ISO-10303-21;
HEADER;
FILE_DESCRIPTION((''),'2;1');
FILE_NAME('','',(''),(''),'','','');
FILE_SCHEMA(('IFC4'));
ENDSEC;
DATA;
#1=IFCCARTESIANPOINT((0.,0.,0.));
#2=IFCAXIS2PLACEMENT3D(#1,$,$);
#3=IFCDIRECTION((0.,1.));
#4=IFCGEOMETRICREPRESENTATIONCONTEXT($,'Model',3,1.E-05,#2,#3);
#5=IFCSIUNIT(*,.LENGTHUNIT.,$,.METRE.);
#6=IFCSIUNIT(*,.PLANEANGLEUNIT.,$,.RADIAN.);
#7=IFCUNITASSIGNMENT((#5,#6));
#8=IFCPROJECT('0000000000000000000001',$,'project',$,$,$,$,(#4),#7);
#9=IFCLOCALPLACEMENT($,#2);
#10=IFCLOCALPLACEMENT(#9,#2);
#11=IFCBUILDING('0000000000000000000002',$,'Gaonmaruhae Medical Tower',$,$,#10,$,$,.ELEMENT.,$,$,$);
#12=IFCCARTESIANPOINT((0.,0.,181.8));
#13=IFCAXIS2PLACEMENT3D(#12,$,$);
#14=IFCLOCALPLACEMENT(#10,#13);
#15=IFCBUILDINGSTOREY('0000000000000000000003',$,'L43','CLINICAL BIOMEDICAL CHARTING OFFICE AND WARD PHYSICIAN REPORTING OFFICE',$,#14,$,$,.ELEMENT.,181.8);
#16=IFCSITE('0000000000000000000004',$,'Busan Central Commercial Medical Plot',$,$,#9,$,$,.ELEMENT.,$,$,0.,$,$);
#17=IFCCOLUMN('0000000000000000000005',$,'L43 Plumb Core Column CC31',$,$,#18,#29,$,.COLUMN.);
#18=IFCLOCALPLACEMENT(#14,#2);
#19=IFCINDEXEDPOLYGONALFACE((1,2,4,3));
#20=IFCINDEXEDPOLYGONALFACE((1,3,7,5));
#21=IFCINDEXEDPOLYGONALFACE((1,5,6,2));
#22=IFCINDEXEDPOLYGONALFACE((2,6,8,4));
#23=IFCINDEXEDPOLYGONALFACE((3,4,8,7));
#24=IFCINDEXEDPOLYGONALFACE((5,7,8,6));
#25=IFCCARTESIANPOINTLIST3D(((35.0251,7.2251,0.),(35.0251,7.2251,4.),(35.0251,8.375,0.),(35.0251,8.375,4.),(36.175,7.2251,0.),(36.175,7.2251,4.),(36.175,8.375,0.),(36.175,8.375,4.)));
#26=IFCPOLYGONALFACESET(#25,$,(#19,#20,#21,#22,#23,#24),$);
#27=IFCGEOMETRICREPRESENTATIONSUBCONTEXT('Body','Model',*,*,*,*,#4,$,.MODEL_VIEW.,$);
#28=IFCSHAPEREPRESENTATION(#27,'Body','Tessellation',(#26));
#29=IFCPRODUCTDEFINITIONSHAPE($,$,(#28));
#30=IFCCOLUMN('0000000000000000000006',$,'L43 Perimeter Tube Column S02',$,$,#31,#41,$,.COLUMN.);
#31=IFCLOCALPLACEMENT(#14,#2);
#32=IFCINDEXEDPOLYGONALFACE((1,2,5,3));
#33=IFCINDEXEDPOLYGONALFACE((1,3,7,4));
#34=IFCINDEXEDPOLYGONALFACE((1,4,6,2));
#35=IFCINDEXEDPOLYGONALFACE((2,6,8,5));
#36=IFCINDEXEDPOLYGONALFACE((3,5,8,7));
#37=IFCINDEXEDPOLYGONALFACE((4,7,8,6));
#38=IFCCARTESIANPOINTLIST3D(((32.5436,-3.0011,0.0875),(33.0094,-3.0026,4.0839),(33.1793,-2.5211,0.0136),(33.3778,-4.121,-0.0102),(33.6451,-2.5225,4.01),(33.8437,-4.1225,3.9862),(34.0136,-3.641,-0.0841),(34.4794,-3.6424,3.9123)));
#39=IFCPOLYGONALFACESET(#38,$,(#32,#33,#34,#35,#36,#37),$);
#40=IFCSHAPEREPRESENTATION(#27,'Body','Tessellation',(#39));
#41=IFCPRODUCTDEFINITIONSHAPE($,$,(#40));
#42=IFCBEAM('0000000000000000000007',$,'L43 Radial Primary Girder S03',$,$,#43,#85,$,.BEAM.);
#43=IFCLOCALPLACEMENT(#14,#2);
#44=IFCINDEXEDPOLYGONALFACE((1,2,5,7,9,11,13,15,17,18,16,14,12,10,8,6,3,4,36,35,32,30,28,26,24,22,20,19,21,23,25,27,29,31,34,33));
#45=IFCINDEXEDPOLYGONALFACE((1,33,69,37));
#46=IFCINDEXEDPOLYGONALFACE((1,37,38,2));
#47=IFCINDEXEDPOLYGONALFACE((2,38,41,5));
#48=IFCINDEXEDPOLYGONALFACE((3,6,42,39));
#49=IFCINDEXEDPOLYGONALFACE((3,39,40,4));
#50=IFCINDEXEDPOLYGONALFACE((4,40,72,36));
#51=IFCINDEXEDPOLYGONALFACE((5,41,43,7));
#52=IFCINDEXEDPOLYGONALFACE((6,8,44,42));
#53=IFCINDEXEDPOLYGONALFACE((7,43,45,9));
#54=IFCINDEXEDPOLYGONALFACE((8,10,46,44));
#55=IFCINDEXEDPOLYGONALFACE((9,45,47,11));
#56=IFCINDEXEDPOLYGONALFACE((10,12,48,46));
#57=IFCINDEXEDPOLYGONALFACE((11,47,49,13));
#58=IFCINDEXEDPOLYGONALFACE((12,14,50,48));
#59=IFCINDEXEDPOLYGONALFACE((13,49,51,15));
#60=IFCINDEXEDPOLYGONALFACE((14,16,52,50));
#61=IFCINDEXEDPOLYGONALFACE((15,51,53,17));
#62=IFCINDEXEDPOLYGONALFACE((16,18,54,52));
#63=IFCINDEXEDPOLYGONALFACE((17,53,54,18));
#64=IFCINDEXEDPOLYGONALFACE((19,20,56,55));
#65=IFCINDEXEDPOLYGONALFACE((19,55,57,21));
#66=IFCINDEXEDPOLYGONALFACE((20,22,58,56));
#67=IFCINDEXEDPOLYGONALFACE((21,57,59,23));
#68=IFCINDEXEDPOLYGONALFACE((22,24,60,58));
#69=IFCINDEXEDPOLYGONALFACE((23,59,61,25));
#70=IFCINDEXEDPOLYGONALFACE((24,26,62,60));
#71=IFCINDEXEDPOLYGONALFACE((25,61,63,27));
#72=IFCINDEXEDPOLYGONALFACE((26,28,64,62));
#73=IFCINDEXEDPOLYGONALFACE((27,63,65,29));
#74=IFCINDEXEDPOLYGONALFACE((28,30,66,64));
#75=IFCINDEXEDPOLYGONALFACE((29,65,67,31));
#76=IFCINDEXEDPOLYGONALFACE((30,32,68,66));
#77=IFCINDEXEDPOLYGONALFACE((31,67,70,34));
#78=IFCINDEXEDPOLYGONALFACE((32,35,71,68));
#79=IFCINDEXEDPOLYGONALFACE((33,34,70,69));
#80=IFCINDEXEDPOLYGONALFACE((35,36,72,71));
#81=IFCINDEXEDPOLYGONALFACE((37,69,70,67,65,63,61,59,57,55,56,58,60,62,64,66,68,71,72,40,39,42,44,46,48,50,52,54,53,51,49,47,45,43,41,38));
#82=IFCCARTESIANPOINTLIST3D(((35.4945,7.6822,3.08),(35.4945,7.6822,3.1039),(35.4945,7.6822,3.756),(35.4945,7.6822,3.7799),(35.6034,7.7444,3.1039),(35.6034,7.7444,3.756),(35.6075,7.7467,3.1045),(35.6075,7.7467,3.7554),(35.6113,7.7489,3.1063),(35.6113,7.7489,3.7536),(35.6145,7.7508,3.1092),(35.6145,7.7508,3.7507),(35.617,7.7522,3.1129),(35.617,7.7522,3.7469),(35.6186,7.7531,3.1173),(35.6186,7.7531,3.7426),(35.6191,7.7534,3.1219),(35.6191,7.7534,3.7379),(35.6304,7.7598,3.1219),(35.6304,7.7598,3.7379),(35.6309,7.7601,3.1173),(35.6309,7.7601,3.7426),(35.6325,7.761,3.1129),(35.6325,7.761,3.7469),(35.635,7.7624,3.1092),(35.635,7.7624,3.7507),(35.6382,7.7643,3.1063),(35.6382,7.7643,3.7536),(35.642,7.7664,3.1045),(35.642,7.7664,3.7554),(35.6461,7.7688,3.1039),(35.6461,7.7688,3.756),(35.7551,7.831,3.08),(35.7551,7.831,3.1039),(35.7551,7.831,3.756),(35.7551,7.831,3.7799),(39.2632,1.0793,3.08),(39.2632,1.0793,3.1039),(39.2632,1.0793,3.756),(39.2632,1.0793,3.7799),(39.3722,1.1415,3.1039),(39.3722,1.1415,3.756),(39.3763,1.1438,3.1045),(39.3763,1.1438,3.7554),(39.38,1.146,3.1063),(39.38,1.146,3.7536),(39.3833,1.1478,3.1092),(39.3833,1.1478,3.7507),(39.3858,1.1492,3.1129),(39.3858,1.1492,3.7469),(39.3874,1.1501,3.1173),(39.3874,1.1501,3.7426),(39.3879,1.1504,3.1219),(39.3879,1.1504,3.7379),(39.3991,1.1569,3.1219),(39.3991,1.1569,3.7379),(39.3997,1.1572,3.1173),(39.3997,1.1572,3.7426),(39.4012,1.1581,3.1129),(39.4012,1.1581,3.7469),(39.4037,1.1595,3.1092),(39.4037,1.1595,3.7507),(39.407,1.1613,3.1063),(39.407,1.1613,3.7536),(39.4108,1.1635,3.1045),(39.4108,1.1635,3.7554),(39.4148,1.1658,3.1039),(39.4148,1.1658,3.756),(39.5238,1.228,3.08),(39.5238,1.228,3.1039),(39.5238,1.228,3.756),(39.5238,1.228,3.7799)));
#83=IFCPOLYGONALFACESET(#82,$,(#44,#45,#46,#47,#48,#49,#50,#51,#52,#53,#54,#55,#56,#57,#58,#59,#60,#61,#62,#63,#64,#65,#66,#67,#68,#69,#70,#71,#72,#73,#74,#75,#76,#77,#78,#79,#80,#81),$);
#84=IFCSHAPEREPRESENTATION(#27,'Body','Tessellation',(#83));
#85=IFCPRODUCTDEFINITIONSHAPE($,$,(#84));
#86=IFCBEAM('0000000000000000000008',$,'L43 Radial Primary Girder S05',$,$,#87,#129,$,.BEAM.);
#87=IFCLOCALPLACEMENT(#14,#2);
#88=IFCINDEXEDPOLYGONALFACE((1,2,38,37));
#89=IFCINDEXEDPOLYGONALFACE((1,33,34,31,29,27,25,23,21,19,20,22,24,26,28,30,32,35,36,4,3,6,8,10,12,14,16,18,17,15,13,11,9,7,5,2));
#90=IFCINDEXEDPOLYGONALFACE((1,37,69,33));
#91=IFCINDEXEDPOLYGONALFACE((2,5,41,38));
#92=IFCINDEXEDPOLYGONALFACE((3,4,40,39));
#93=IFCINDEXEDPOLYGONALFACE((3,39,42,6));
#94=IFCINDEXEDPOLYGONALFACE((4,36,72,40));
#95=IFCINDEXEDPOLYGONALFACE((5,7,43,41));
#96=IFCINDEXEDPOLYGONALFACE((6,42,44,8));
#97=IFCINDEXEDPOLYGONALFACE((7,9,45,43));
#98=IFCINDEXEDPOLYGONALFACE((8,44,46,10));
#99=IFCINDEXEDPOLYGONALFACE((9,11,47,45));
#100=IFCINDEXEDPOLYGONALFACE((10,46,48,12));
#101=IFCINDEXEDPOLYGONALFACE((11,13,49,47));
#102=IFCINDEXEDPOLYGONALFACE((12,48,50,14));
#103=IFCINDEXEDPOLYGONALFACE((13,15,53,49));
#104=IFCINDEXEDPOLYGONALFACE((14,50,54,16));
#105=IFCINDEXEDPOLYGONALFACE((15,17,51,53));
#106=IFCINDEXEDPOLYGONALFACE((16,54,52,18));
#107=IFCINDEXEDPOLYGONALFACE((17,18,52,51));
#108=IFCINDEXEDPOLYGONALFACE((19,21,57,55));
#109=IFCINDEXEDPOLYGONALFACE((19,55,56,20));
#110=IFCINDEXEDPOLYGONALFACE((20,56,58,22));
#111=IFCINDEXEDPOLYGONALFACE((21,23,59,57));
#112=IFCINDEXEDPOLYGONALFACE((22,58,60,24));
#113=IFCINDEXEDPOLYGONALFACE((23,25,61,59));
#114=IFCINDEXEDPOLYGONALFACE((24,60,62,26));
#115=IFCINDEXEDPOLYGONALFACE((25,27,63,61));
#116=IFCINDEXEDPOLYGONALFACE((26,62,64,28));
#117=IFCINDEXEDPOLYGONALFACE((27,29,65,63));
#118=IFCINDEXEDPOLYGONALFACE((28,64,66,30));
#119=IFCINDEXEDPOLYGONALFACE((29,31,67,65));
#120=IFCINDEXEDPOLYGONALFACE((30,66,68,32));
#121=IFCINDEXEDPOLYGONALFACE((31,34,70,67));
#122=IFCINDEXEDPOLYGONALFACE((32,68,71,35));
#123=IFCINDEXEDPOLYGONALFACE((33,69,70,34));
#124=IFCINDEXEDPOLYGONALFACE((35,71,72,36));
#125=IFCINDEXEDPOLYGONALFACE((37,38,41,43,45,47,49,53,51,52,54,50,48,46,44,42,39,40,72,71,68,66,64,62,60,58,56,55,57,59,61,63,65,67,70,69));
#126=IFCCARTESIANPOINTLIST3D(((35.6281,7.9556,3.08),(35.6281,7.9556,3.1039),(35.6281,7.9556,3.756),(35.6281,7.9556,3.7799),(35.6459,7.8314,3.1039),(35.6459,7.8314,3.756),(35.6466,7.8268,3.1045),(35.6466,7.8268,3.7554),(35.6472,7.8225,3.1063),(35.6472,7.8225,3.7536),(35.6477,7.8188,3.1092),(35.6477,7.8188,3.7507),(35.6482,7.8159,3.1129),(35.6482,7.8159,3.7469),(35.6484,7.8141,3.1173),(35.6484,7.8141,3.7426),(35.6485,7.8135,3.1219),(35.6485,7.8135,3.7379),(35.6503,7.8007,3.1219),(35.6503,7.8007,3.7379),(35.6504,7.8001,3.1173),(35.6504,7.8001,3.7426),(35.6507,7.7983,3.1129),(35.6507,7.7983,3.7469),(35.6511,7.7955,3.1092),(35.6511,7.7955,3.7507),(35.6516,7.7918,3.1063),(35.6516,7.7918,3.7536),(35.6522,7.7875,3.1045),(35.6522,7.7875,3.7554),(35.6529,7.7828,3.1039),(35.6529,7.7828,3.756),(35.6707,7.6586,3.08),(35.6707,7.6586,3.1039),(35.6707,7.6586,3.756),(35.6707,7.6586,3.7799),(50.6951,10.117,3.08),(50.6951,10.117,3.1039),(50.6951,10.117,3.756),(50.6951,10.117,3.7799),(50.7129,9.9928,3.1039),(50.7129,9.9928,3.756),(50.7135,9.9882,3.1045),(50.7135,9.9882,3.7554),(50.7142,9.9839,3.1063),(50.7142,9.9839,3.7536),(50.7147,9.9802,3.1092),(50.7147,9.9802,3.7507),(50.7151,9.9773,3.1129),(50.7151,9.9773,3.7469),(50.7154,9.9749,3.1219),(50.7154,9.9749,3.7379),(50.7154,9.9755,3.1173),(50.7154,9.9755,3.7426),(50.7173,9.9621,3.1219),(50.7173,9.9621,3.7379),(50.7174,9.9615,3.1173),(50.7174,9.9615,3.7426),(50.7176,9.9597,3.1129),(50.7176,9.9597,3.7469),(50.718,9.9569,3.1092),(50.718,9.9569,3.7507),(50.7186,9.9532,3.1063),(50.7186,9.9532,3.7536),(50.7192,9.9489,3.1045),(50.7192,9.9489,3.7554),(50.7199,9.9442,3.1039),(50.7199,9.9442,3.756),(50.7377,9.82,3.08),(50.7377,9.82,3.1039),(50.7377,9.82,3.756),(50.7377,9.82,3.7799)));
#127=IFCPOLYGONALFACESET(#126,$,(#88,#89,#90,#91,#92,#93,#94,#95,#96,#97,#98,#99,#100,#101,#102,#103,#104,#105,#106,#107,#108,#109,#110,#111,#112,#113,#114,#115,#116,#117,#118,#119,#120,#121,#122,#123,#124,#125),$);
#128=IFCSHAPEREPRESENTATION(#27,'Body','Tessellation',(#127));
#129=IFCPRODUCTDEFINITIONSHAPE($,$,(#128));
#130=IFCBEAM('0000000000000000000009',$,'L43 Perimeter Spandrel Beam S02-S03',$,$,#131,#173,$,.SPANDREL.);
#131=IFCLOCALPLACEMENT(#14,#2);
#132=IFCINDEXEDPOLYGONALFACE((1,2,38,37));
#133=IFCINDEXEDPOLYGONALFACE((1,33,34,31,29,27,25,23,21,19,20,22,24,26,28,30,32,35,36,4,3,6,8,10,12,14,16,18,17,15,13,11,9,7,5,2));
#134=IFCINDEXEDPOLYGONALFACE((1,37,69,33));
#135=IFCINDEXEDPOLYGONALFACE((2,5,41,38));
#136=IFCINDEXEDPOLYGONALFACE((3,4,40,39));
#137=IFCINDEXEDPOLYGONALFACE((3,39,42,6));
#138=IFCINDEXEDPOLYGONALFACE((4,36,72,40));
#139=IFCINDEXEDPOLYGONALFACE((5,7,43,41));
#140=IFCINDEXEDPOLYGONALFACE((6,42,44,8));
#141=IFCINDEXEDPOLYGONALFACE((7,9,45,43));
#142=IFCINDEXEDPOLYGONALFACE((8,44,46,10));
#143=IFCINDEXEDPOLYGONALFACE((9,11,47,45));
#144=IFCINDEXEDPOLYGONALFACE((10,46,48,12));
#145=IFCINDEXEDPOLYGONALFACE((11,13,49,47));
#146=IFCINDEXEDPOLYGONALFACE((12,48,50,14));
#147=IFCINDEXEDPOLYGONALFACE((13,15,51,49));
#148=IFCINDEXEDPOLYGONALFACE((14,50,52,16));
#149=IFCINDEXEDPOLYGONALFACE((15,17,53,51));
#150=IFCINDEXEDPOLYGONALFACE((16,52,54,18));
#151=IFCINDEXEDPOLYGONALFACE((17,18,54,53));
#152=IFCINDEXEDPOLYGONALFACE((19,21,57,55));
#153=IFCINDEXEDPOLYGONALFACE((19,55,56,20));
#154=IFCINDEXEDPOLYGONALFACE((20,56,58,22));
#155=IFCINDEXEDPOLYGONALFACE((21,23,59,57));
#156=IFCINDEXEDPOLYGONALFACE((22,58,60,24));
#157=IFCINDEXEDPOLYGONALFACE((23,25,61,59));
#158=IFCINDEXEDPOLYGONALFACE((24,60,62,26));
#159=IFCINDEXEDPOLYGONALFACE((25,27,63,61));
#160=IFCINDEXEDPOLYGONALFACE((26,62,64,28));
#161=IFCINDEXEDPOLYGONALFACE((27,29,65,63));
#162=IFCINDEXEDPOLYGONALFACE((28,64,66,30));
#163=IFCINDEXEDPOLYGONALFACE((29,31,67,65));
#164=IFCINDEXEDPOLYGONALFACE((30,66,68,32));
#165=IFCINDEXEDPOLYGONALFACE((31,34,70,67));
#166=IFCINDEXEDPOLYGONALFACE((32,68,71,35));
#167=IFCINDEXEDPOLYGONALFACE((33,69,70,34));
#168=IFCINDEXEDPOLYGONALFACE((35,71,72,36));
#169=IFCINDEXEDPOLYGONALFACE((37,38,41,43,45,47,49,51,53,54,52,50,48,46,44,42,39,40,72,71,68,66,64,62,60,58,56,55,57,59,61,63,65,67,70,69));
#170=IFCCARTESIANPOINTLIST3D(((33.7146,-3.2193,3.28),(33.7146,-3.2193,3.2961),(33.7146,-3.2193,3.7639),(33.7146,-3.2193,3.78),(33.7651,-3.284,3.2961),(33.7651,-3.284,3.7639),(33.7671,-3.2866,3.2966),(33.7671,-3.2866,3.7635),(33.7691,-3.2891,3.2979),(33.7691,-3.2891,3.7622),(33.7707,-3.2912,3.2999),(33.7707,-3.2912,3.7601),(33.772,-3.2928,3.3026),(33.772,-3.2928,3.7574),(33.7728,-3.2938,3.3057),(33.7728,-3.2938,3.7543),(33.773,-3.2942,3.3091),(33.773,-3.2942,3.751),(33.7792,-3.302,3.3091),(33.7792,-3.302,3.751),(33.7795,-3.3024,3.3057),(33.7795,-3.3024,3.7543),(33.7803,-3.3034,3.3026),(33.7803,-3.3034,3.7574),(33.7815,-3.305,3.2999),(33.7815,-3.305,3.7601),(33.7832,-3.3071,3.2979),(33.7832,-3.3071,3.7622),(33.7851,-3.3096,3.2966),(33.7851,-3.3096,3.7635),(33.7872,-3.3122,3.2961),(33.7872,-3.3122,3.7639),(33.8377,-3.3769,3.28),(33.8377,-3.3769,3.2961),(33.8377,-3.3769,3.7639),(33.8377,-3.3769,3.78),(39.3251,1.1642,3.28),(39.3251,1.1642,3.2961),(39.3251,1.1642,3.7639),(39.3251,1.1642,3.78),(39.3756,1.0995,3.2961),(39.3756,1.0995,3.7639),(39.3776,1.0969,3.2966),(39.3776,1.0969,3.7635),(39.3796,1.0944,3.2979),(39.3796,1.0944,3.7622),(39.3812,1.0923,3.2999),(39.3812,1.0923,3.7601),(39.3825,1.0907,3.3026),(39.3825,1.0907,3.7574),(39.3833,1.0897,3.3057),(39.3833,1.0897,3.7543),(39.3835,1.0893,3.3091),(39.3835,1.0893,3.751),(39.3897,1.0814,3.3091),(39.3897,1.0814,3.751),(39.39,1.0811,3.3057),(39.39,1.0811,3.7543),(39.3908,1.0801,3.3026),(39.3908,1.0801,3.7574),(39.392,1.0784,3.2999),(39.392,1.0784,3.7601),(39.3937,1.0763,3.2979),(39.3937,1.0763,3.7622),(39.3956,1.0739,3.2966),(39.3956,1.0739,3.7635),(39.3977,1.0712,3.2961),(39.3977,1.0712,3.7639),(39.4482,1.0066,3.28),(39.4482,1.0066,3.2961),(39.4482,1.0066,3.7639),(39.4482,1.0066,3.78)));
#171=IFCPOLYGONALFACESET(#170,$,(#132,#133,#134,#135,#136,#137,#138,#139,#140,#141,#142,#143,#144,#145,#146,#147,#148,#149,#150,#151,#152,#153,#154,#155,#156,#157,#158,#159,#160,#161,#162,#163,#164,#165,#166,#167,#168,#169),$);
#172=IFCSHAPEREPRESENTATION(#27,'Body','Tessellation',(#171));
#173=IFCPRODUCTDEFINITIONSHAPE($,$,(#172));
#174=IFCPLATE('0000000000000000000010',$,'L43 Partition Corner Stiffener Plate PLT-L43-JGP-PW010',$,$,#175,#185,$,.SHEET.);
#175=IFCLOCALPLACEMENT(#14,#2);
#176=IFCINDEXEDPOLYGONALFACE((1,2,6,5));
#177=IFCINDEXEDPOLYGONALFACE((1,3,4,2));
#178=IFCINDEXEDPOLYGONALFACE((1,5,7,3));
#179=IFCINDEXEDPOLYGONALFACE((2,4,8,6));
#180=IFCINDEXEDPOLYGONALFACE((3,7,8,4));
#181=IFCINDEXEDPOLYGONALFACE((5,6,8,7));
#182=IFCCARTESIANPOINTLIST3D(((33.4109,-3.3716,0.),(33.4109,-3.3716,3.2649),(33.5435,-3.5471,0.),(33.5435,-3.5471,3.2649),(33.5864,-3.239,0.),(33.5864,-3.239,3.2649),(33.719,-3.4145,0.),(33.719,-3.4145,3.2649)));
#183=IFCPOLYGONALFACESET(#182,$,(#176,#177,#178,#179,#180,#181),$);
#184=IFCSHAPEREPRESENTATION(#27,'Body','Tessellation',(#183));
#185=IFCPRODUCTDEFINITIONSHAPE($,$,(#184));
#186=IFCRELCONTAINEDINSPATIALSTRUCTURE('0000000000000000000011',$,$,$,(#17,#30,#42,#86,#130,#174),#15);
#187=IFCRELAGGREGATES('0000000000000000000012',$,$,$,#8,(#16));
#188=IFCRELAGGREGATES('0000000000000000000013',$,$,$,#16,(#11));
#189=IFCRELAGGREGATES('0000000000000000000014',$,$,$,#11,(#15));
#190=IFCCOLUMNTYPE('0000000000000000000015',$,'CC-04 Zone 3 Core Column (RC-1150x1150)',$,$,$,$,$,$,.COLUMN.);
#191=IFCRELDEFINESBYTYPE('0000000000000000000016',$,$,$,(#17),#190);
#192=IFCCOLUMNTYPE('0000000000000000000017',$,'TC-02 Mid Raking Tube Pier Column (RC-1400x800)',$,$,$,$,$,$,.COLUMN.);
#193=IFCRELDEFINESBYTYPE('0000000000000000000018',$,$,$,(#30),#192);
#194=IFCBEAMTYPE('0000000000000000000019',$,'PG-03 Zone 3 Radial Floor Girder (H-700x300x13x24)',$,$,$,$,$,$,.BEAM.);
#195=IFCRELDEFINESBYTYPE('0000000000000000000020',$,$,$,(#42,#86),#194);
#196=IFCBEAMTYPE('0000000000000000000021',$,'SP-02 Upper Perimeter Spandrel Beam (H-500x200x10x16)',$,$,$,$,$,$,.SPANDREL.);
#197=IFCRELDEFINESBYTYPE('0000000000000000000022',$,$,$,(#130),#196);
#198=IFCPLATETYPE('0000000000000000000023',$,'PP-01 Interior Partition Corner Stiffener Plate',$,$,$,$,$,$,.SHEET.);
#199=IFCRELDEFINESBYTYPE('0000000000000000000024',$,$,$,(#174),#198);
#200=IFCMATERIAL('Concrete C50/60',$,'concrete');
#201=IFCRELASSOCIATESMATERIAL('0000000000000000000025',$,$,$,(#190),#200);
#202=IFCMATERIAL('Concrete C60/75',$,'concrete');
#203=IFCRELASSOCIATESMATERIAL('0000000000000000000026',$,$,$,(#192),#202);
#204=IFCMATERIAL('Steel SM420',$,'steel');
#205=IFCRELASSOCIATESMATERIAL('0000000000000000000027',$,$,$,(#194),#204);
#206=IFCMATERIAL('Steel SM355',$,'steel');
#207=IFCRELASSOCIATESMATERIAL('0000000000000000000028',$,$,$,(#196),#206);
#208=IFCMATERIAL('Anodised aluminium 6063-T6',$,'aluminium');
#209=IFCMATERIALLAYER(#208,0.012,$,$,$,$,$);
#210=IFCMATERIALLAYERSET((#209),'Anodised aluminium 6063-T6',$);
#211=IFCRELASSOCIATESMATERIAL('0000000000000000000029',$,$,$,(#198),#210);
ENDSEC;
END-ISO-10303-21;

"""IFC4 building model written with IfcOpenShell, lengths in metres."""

from ifc_helpers import new_model, si_unit, direction, frame, origin, origin_2d, place, context, subcontext, project, spatial, rectangle, i_section, extrude, material, layer, layer_set, material_profile, profile_set, type_object, element, save


model = new_model("IFC4")

# Units and contexts
model_context = context("Model", 3, precision=1e-05, world=origin(), true_north=direction((0.0, 1.0)))
body_context = subcontext(model_context, "Body", "Model", "MODEL_VIEW")
ifc_project = project(units=[si_unit("LENGTHUNIT", "METRE"), si_unit("PLANEANGLEUNIT", "RADIAN")], contexts=[model_context])

# Site, building, storey
site_placement = place(None, origin())
site = spatial("IfcSite", under=ifc_project, at=site_placement, Name="Busan Central Commercial Medical Plot", CompositionType="ELEMENT", RefElevation=0.0)
building_placement = place(site_placement, origin())
building = spatial("IfcBuilding", under=site, at=building_placement, Name="Gaonmaruhae Medical Tower", CompositionType="ELEMENT")
storey_placement = place(building_placement, frame((0.0, 0.0, 181.8)))
storey = spatial("IfcBuildingStorey", under=building, at=storey_placement, Name="L43", Description="CLINICAL BIOMEDICAL CHARTING OFFICE AND WARD PHYSICIAN REPORTING OFFICE", CompositionType="ELEMENT", Elevation=181.8)

# Columns
ifc_material_1 = material(Name="Concrete C50/60", Category="concrete")
ifc_material_profile_1 = material_profile(ifc_material_1, rectangle(XDim=1.1499, YDim=1.1499, at=origin_2d()), Name="RC-1150x1150")
ifc_profile_set_1 = profile_set([ifc_material_profile_1], Name="Concrete C50/60")
column_type_1 = type_object("IfcColumnType", Name="CC-04 Zone 3 Core Column (RC-1150x1150)", PredefinedType="COLUMN", material=ifc_profile_set_1)
column_1_placement = place(storey_placement, frame((35.6001, 7.8, 0.0), z_axis=(0.0, 0.0, 1.0), x_axis=(1.0, 0.0, 0.0)))
element("IfcColumn", 1, at=column_1_placement, inside=storey, type_object=column_type_1, Name="L43 Plumb Core Column CC31", PredefinedType="COLUMN", context=body_context, shape_type="SweptSolid", body=[
    extrude(rectangle(XDim=1.1499, YDim=1.1499, at=origin_2d()), origin(), (0.0, 0.0, 1.0), 4.0),
])
ifc_material_2 = material(Name="Concrete C60/75", Category="concrete")
ifc_material_profile_2 = material_profile(ifc_material_2, rectangle(XDim=1.3999, YDim=0.8, at=origin_2d()), Name="RC-1400x800")
ifc_profile_set_2 = profile_set([ifc_material_profile_2], Name="Concrete C60/75")
column_type_2 = type_object("IfcColumnType", Name="TC-02 Mid Raking Tube Pier Column (RC-1400x800)", PredefinedType="COLUMN", material=ifc_profile_set_2)
column_2_placement = place(storey_placement, frame((33.2786, -3.321, 0.0017), z_axis=(0.115778, -0.000364, 0.993275), x_axis=(-0.595947, 0.799988, 0.069758)))
element("IfcColumn", 2, at=column_2_placement, inside=storey, type_object=column_type_2, Name="L43 Perimeter Tube Column S02", PredefinedType="COLUMN", context=body_context, shape_type="SweptSolid", body=[
    extrude(rectangle(XDim=1.3999, YDim=0.8, at=origin_2d()), origin(), (0.0, 0.0, 1.0), 4.0234),
])

# Beams
ifc_material_3 = material(Name="Steel SM420", Category="steel")
ifc_material_profile_3 = material_profile(ifc_material_3, i_section(OverallWidth=0.3, OverallDepth=0.7, WebThickness=0.0129, FlangeThickness=0.0239, FilletRadius=0.0181, at=origin_2d()), Name="H-700x300x13x24")
ifc_profile_set_3 = profile_set([ifc_material_profile_3], Name="Steel SM420")
beam_type_1 = type_object("IfcBeamType", Name="PG-03 Zone 3 Radial Floor Girder (H-700x300x13x24)", PredefinedType="BEAM", material=ifc_profile_set_3)
beam_1_placement = place(storey_placement, frame((35.6248, 7.7566, 3.4299), z_axis=(0.495707, -0.86849, 0.0), x_axis=(0.86849, 0.495707, 0.0)))
element("IfcBeam", 3, at=beam_1_placement, inside=storey, type_object=beam_type_1, Name="L43 Radial Primary Girder S03", PredefinedType="BEAM", context=body_context, shape_type="SweptSolid", body=[
    extrude(i_section(OverallWidth=0.3, OverallDepth=0.7, WebThickness=0.0129, FlangeThickness=0.0239, FilletRadius=0.0181, at=origin_2d()), origin(), (0.0, 0.0, 1.0), 7.6028),
])
beam_2_placement = place(storey_placement, frame((35.6494, 7.8071, 3.4299), z_axis=(0.989867, 0.141998, 0.0), x_axis=(-0.141998, 0.989867, 0.0)))
element("IfcBeam", 4, at=beam_2_placement, inside=storey, type_object=beam_type_1, Name="L43 Radial Primary Girder S05", PredefinedType="BEAM", context=body_context, shape_type="SweptSolid", body=[
    extrude(i_section(OverallWidth=0.3, OverallDepth=0.7, WebThickness=0.0129, FlangeThickness=0.0239, FilletRadius=0.0181, at=origin_2d()), origin(), (0.0, 0.0, 1.0), 15.2212),
])
ifc_material_4 = material(Name="Steel SM355", Category="steel")
ifc_material_profile_4 = material_profile(ifc_material_4, i_section(OverallWidth=0.2, OverallDepth=0.5, WebThickness=0.01, FlangeThickness=0.0161, FilletRadius=0.0129, at=origin_2d()), Name="H-500x200x10x16")
ifc_profile_set_4 = profile_set([ifc_material_profile_4], Name="Steel SM355")
beam_type_2 = type_object("IfcBeamType", Name="SP-02 Upper Perimeter Spandrel Beam (H-500x200x10x16)", PredefinedType="SPANDREL", material=ifc_profile_set_4)
beam_3_placement = place(storey_placement, frame((33.7761, -3.2981, 3.53), z_axis=(0.788006, 0.615667, 0.0), x_axis=(-0.615667, 0.788006, 0.0)))
element("IfcBeam", 5, at=beam_3_placement, inside=storey, type_object=beam_type_2, Name="L43 Perimeter Spandrel Beam S02-S03", PredefinedType="SPANDREL", context=body_context, shape_type="SweptSolid", body=[
    extrude(i_section(OverallWidth=0.2, OverallDepth=0.5, WebThickness=0.01, FlangeThickness=0.0161, FilletRadius=0.0129, at=origin_2d()), origin(), (0.0, 0.0, 1.0), 7.1199),
])

# Plate
ifc_material_5 = material(Name="Anodised aluminium 6063-T6", Category="aluminium")
ifc_layer_1 = layer(ifc_material_5, 0.012)
ifc_layer_set_1 = layer_set([ifc_layer_1], Name="Anodised aluminium 6063-T6")
plate_type = type_object("IfcPlateType", Name="PP-01 Interior Partition Corner Stiffener Plate", PredefinedType="SHEET", material=ifc_layer_set_1)
plate_placement = place(storey_placement, frame((33.5649, -3.3931, 0.0), z_axis=(0.0, 0.0, 1.0), x_axis=(-0.797984, -0.602679, 0.0)))
element("IfcPlate", 6, at=plate_placement, inside=storey, type_object=plate_type, Name="L43 Partition Corner Stiffener Plate PLT-L43-JGP-PW010", PredefinedType="SHEET", context=body_context, shape_type="SweptSolid", body=[
    extrude(rectangle(XDim=0.22, YDim=0.22, at=origin_2d()), origin(), (0.0, 0.0, 1.0), 3.2649),
])

save(model, "model.ifc")
